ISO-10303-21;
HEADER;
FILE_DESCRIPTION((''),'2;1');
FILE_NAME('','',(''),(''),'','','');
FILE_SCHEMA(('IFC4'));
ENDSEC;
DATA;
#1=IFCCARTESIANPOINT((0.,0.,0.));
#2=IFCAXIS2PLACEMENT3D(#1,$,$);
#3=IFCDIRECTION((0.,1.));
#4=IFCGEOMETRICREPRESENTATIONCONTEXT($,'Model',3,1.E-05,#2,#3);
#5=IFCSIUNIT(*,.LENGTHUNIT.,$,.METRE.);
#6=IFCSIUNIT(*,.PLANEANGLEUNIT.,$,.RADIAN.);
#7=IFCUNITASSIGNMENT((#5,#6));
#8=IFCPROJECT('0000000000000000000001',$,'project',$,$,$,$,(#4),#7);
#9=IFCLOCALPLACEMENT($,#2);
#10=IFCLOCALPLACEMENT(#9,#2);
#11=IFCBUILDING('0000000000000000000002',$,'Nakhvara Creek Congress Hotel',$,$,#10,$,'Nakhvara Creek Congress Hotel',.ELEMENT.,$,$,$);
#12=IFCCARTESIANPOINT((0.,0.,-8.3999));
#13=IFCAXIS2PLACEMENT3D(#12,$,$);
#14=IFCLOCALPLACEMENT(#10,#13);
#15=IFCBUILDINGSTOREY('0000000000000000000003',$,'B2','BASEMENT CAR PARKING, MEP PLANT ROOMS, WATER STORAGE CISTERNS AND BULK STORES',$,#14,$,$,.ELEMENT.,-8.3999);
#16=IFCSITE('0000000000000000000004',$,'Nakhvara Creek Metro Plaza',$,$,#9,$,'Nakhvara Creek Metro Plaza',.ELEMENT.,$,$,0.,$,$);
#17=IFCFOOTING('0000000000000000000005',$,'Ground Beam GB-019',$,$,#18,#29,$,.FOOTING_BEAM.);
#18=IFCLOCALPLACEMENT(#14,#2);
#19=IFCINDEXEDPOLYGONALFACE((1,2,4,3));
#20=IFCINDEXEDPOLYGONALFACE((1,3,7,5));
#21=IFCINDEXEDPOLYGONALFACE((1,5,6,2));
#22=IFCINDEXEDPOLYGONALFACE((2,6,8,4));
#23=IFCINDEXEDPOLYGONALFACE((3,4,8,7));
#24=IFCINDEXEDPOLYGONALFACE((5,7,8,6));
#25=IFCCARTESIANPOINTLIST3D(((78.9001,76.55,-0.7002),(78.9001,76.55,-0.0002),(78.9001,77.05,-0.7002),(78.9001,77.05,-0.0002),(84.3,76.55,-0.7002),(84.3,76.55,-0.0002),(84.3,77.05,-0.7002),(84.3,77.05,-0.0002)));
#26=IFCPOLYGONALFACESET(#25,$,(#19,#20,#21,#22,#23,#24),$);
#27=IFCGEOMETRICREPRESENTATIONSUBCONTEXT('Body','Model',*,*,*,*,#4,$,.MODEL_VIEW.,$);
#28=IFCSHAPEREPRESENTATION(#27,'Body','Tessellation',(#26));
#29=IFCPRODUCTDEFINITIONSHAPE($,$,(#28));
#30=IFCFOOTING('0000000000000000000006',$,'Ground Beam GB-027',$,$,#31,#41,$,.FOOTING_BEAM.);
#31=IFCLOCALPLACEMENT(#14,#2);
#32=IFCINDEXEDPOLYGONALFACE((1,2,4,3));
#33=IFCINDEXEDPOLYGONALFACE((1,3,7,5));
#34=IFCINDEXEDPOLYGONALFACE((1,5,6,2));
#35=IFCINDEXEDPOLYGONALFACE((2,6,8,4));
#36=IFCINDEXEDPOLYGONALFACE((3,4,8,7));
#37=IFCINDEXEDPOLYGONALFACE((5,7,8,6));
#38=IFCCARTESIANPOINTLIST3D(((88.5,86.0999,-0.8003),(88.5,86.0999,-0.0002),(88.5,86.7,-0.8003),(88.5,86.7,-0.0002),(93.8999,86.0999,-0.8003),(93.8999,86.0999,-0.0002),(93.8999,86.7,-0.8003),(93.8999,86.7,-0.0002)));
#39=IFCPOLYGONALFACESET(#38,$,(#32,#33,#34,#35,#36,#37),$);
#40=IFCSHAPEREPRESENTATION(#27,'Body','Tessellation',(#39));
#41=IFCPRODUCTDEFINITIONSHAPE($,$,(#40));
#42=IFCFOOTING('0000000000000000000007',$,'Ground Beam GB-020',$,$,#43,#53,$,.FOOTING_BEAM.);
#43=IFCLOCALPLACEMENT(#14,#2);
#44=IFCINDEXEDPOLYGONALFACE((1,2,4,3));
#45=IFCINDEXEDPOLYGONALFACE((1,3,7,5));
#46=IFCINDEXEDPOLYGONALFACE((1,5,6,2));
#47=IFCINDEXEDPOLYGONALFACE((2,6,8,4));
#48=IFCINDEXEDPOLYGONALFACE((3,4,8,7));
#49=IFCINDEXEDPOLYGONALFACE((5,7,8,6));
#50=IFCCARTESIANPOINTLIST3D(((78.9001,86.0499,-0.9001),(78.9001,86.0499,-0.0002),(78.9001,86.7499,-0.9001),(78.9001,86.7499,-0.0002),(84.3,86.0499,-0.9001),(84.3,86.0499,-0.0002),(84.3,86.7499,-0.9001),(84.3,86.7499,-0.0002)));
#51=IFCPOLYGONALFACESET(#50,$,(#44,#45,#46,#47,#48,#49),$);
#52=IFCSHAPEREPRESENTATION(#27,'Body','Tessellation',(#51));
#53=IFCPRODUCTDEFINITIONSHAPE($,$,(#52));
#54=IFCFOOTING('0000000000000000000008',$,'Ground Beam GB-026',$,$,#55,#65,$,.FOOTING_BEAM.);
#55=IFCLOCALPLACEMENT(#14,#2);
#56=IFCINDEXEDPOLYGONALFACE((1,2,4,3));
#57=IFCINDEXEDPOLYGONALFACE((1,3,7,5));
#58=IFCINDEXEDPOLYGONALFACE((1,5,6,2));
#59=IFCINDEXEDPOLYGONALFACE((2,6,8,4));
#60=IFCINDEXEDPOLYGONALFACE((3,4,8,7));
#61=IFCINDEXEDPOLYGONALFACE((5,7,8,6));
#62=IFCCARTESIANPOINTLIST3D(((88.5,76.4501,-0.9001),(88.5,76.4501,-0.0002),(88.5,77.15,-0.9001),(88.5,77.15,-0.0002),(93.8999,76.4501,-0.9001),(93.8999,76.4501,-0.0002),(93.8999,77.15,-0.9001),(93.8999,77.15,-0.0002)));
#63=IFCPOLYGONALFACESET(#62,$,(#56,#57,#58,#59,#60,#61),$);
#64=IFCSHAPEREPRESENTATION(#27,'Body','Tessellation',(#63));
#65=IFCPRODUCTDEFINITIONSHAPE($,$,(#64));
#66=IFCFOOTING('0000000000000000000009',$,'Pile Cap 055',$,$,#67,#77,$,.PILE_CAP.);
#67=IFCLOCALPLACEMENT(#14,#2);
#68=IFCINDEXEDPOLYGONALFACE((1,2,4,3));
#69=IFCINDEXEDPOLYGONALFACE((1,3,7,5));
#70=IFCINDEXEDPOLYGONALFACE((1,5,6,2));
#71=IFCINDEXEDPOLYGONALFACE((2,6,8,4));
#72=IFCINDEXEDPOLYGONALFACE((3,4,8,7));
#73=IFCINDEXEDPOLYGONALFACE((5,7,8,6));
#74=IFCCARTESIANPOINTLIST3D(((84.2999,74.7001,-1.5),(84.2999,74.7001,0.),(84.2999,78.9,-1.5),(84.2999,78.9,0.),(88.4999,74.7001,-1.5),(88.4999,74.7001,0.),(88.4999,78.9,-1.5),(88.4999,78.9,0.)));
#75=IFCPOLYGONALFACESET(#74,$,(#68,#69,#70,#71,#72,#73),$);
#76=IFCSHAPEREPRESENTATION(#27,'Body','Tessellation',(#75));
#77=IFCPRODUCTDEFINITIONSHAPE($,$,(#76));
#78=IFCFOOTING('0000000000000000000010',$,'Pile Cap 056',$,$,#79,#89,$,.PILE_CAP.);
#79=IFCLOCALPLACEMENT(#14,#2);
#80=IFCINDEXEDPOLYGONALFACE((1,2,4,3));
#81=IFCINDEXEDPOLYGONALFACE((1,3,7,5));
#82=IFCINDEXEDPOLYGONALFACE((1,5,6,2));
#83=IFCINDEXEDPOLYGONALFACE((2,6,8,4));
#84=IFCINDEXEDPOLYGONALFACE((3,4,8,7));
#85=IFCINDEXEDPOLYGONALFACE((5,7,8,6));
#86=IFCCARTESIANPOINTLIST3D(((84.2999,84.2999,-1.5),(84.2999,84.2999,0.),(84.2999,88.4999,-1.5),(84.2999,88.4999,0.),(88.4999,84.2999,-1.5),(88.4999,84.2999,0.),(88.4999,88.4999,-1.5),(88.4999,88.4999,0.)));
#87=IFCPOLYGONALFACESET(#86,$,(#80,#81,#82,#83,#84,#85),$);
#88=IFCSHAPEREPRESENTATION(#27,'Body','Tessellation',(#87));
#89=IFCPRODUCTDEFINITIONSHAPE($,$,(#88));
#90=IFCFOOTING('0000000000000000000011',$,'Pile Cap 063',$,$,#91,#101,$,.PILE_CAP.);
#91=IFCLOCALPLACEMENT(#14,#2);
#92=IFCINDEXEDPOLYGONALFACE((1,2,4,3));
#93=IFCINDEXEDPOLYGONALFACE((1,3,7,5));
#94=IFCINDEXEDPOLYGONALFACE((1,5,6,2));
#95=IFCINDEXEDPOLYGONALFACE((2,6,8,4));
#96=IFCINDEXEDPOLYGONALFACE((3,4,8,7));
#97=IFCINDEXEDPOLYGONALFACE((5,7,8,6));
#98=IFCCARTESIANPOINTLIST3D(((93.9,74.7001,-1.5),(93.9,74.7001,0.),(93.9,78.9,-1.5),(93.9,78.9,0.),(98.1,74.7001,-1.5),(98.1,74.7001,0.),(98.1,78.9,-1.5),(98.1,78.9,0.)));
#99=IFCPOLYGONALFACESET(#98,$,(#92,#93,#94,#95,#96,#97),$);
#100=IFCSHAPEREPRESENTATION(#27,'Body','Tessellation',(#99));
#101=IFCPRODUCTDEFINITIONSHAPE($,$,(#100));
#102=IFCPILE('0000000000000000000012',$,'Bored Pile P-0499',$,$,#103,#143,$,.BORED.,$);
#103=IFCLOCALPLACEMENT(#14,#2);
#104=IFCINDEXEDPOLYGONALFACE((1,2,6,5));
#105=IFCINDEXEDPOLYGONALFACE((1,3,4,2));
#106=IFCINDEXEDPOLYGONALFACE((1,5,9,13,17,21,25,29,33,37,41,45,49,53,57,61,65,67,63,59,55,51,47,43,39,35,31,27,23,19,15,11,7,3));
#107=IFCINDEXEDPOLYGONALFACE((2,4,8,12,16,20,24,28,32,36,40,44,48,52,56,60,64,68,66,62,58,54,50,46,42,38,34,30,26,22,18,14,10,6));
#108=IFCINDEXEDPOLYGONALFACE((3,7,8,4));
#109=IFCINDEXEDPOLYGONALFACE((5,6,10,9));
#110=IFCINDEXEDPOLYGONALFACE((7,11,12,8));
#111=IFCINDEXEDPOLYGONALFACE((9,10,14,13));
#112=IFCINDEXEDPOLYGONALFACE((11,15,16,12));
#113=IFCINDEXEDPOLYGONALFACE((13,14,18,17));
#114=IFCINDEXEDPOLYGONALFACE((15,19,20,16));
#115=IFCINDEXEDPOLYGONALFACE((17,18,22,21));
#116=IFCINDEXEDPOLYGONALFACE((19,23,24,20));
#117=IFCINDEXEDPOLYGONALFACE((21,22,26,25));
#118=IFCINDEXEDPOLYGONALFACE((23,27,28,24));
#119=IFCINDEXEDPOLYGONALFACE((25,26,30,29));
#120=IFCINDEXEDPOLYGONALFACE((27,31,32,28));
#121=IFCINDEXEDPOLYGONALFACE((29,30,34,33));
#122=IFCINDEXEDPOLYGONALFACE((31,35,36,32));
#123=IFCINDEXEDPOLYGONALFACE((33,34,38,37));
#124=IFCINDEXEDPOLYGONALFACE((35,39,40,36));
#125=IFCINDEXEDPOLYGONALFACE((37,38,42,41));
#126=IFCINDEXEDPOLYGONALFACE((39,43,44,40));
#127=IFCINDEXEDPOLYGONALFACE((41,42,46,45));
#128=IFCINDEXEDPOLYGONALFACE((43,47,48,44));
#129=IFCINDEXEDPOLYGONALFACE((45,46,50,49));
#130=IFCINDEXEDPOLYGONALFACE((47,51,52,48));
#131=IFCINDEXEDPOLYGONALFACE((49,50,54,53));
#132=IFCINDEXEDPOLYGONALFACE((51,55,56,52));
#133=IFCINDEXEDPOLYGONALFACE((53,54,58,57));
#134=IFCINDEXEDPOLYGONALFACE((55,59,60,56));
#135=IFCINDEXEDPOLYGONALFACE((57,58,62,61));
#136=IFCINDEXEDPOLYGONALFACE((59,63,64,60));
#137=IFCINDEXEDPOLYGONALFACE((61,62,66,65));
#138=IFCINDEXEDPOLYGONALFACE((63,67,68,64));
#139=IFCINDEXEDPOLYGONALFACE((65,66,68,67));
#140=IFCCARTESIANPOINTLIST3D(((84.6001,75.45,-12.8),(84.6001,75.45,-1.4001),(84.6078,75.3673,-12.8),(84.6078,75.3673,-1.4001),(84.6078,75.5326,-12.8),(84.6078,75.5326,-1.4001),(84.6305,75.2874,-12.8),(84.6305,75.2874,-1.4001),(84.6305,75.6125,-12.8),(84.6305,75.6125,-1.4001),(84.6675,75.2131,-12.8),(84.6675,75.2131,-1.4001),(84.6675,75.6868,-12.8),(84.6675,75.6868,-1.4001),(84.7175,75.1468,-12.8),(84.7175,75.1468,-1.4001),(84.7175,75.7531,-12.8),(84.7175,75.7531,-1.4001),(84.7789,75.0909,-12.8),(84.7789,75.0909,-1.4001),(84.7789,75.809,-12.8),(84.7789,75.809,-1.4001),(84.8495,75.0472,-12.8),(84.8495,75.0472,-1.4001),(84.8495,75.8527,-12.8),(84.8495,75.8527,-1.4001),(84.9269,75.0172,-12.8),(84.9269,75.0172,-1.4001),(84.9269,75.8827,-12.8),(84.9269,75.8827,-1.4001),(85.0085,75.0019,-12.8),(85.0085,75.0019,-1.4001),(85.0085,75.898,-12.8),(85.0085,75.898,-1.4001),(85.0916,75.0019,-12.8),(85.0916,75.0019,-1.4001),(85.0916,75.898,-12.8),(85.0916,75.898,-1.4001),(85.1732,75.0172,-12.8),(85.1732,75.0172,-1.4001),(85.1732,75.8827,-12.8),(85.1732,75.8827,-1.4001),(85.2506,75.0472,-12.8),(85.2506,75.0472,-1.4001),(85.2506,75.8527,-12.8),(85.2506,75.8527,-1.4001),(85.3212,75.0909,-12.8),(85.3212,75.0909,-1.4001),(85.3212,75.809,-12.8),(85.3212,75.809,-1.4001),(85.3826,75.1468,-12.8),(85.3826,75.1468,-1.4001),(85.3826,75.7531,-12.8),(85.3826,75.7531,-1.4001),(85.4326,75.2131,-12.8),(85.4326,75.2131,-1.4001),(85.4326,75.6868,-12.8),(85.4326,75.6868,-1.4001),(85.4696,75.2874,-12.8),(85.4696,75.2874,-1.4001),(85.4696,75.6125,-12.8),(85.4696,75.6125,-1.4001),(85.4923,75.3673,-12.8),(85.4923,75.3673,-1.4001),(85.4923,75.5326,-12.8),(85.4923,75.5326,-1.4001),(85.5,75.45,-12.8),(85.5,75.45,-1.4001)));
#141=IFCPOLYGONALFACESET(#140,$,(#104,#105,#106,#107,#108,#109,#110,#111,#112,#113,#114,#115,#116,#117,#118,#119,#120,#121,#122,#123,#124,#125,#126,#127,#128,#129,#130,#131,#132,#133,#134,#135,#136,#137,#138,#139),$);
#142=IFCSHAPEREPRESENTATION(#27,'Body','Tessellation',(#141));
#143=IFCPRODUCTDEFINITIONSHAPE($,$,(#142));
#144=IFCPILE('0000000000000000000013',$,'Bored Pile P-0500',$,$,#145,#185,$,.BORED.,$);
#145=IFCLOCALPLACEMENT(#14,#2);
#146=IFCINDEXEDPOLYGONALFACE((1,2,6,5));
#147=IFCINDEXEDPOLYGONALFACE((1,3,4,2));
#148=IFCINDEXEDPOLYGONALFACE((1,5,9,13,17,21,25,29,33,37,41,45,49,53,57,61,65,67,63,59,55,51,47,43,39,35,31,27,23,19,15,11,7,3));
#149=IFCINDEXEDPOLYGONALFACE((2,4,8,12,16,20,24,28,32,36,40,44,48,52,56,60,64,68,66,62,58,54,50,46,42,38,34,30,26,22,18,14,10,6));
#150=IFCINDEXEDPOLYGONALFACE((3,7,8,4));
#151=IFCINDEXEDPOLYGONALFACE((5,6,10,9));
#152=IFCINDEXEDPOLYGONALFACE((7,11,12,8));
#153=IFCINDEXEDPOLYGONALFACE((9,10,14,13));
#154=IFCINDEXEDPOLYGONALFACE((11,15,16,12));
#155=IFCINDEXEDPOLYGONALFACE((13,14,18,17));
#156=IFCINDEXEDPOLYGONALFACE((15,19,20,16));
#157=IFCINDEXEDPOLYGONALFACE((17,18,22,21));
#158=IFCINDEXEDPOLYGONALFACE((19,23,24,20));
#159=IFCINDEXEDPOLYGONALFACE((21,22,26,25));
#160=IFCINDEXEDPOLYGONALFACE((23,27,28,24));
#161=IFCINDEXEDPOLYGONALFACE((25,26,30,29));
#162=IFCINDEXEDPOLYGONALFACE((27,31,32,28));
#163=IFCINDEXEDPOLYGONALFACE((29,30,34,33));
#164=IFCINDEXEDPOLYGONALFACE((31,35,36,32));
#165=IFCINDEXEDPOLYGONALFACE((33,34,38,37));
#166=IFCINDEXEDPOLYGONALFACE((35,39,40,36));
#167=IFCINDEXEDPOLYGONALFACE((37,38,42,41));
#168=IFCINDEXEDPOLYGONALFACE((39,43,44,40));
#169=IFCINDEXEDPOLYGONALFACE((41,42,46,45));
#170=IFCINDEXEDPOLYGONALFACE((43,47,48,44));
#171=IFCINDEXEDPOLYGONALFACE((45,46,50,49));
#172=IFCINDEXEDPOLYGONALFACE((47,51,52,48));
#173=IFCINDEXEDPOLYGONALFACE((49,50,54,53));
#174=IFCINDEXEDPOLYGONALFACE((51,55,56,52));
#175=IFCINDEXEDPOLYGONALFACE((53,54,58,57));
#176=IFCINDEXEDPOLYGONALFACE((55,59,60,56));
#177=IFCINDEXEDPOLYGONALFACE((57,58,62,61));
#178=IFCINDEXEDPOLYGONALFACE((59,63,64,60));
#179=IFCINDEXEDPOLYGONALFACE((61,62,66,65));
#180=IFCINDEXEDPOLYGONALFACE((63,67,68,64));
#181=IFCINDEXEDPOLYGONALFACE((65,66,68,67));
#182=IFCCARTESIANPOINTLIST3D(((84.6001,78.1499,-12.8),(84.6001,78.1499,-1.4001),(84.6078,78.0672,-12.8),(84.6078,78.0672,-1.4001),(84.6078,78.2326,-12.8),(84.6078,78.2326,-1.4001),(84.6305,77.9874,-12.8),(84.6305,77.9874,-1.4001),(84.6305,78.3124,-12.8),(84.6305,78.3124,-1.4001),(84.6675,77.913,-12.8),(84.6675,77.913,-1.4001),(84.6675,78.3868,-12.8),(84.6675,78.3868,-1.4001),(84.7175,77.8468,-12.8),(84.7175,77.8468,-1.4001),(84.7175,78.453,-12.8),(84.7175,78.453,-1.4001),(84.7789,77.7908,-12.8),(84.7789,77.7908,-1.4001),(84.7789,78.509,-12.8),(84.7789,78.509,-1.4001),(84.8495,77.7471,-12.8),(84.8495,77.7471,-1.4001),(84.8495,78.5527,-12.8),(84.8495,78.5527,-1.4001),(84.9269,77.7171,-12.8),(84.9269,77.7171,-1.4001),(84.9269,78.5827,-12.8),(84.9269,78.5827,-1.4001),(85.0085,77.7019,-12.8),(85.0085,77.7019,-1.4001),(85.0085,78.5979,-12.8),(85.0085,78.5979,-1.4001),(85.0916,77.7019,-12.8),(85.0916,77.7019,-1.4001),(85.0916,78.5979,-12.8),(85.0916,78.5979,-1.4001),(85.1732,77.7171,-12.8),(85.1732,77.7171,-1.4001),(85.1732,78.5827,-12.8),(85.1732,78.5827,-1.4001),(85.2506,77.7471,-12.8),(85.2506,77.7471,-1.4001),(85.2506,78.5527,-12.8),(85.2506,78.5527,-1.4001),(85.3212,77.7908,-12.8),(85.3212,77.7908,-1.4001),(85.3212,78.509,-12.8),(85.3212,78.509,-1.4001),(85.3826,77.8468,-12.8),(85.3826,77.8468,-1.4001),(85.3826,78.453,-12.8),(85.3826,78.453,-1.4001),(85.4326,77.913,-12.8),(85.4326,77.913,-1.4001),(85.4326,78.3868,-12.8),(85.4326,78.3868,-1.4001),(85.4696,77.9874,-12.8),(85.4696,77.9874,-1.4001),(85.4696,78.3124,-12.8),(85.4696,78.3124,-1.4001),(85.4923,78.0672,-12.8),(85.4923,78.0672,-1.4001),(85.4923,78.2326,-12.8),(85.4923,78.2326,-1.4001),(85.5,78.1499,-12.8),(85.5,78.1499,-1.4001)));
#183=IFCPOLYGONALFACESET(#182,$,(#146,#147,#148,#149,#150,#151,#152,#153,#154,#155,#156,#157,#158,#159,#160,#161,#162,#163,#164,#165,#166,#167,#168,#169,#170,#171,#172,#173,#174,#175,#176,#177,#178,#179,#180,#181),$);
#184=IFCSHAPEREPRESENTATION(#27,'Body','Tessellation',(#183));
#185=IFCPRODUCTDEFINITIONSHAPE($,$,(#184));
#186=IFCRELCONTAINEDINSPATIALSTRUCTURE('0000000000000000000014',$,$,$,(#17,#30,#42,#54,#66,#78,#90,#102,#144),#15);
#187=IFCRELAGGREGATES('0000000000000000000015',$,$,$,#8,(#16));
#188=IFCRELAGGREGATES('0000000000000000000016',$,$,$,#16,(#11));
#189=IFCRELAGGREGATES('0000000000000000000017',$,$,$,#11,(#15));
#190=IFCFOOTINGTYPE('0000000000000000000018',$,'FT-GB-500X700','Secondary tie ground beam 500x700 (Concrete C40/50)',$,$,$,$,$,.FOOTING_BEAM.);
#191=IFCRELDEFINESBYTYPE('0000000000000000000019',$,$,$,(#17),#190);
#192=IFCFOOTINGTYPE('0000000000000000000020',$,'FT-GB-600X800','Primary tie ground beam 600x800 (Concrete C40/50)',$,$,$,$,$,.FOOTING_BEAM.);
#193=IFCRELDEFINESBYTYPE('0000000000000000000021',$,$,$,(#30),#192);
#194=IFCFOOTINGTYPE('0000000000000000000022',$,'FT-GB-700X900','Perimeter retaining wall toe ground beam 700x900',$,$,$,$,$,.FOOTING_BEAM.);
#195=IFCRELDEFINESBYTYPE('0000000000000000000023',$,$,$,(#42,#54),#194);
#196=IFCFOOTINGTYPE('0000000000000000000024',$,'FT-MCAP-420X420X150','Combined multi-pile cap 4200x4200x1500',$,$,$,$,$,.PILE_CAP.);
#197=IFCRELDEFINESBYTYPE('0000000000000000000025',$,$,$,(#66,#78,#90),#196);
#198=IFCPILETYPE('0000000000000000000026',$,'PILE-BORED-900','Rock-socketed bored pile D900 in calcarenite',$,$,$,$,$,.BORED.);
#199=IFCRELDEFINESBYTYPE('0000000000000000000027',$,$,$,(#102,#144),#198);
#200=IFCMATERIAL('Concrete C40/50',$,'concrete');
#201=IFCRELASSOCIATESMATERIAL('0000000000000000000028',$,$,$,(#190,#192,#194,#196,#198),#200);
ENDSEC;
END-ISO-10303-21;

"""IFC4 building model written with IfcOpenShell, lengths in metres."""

from ifc_helpers import new_model, si_unit, direction, frame, origin, origin_2d, place, context, subcontext, project, spatial, rectangle, circle, extrude, material, material_profile, profile_set, type_object, element, save


model = new_model("IFC4")

# Units and contexts
model_context = context("Model", 3, precision=1e-05, world=origin(), true_north=direction((0.0, 1.0)))
body_context = subcontext(model_context, "Body", "Model", "MODEL_VIEW")
ifc_project = project(units=[si_unit("LENGTHUNIT", "METRE"), si_unit("PLANEANGLEUNIT", "RADIAN")], contexts=[model_context])

# Site, building, storey
site_placement = place(None, origin())
site = spatial("IfcSite", under=ifc_project, at=site_placement, Name="Nakhvara Creek Metro Plaza", LongName="Nakhvara Creek Metro Plaza", CompositionType="ELEMENT", RefElevation=0.0)
building_placement = place(site_placement, origin())
building = spatial("IfcBuilding", under=site, at=building_placement, Name="Nakhvara Creek Congress Hotel", LongName="Nakhvara Creek Congress Hotel", CompositionType="ELEMENT")
storey_placement = place(building_placement, frame((0.0, 0.0, -8.3999)))
storey = spatial("IfcBuildingStorey", under=building, at=storey_placement, Name="B2", Description="BASEMENT CAR PARKING, MEP PLANT ROOMS, WATER STORAGE CISTERNS AND BULK STORES", CompositionType="ELEMENT", Elevation=-8.3999)

# Footings
ifc_material_1 = material(Name="Concrete C40/50", Category="concrete")
footing_type_1 = type_object("IfcFootingType", Name="FT-GB-500X700", Description="Secondary tie ground beam 500x700 (Concrete C40/50)", PredefinedType="FOOTING_BEAM", material=ifc_material_1)
footing_1_placement = place(storey_placement, frame((81.6001, 76.8, -0.7002), z_axis=(0.0, 0.0, 1.0), x_axis=(1.0, 0.0, 0.0)))
element("IfcFooting", 1, at=footing_1_placement, inside=storey, type_object=footing_type_1, Name="Ground Beam GB-019", PredefinedType="FOOTING_BEAM", context=body_context, shape_type="SweptSolid", body=[
    extrude(rectangle(XDim=5.3999, YDim=0.5, at=origin_2d()), origin(), (0.0, 0.0, 1.0), 0.7),
])
footing_type_2 = type_object("IfcFootingType", Name="FT-GB-600X800", Description="Primary tie ground beam 600x800 (Concrete C40/50)", PredefinedType="FOOTING_BEAM", material=ifc_material_1)
footing_2_placement = place(storey_placement, frame((91.2, 86.3999, -0.8003), z_axis=(0.0, 0.0, 1.0), x_axis=(1.0, 0.0, 0.0)))
element("IfcFooting", 2, at=footing_2_placement, inside=storey, type_object=footing_type_2, Name="Ground Beam GB-027", PredefinedType="FOOTING_BEAM", context=body_context, shape_type="SweptSolid", body=[
    extrude(rectangle(XDim=5.3999, YDim=0.6001, at=origin_2d()), origin(), (0.0, 0.0, 1.0), 0.8),
])
footing_type_3 = type_object("IfcFootingType", Name="FT-GB-700X900", Description="Perimeter retaining wall toe ground beam 700x900", PredefinedType="FOOTING_BEAM", material=ifc_material_1)
for number, where, z_axis, x_axis, name in (
    (3, (81.6001, 86.3999, -0.9001), (0.0, 0.0, 1.0), (1.0, 0.0, 0.0), "Ground Beam GB-020"),
    (4, (91.2, 76.8, -0.9001), (0.0, 0.0, 1.0), (1.0, 0.0, 0.0), "Ground Beam GB-026"),
):
    element("IfcFooting", number, at=place(storey_placement, frame(where, z_axis=z_axis, x_axis=x_axis)), inside=storey, type_object=footing_type_3, Name=name, PredefinedType="FOOTING_BEAM", context=body_context, shape_type="SweptSolid", body=[
        extrude(rectangle(XDim=5.3999, YDim=0.7, at=origin_2d()), origin(), (0.0, 0.0, 1.0), 0.8999),
    ])
footing_type_4 = type_object("IfcFootingType", Name="FT-MCAP-420X420X150", Description="Combined multi-pile cap 4200x4200x1500", PredefinedType="PILE_CAP", material=ifc_material_1)
for number, where, z_axis, x_axis, name in (
    (5, (86.3999, 76.8, -1.5), (0.0, 0.0, 1.0), (1.0, 0.0, 0.0), "Pile Cap 055"),
    (6, (86.3999, 86.3999, -1.5), (0.0, 0.0, 1.0), (1.0, 0.0, 0.0), "Pile Cap 056"),
    (7, (96.0, 76.8, -1.5), (0.0, 0.0, 1.0), (1.0, 0.0, 0.0), "Pile Cap 063"),
):
    element("IfcFooting", number, at=place(storey_placement, frame(where, z_axis=z_axis, x_axis=x_axis)), inside=storey, type_object=footing_type_4, Name=name, PredefinedType="PILE_CAP", context=body_context, shape_type="SweptSolid", body=[
        extrude(rectangle(XDim=4.2, YDim=4.2, at=origin_2d()), origin(), (0.0, 0.0, 1.0), 1.5),
    ])

# Piles
ifc_material_profile_1 = material_profile(ifc_material_1, circle(Radius=0.45, at=origin_2d()), Name="BORED PILE D900", Category="LoadBearing")
ifc_profile_set_1 = profile_set([ifc_material_profile_1], Name="Concrete C40/50")
pile_type = type_object("IfcPileType", Name="PILE-BORED-900", Description="Rock-socketed bored pile D900 in calcarenite", PredefinedType="BORED", material=ifc_profile_set_1)
for number, where, z_axis, x_axis, name in (
    (8, (85.05, 75.45, -1.4001), (0.0, 0.0, -1.0), (1.0, 0.0, 0.0), "Bored Pile P-0499"),
    (9, (85.05, 78.1499, -1.4001), (0.0, 0.0, -1.0), (1.0, 0.0, 0.0), "Bored Pile P-0500"),
):
    element("IfcPile", number, at=place(storey_placement, frame(where, z_axis=z_axis, x_axis=x_axis)), inside=storey, type_object=pile_type, Name=name, PredefinedType="BORED", context=body_context, shape_type="SweptSolid", body=[
        extrude(circle(Radius=0.45, at=origin_2d()), origin(), (0.0, 0.0, 1.0), 11.3999),
    ])

save(model, "model.ifc")
